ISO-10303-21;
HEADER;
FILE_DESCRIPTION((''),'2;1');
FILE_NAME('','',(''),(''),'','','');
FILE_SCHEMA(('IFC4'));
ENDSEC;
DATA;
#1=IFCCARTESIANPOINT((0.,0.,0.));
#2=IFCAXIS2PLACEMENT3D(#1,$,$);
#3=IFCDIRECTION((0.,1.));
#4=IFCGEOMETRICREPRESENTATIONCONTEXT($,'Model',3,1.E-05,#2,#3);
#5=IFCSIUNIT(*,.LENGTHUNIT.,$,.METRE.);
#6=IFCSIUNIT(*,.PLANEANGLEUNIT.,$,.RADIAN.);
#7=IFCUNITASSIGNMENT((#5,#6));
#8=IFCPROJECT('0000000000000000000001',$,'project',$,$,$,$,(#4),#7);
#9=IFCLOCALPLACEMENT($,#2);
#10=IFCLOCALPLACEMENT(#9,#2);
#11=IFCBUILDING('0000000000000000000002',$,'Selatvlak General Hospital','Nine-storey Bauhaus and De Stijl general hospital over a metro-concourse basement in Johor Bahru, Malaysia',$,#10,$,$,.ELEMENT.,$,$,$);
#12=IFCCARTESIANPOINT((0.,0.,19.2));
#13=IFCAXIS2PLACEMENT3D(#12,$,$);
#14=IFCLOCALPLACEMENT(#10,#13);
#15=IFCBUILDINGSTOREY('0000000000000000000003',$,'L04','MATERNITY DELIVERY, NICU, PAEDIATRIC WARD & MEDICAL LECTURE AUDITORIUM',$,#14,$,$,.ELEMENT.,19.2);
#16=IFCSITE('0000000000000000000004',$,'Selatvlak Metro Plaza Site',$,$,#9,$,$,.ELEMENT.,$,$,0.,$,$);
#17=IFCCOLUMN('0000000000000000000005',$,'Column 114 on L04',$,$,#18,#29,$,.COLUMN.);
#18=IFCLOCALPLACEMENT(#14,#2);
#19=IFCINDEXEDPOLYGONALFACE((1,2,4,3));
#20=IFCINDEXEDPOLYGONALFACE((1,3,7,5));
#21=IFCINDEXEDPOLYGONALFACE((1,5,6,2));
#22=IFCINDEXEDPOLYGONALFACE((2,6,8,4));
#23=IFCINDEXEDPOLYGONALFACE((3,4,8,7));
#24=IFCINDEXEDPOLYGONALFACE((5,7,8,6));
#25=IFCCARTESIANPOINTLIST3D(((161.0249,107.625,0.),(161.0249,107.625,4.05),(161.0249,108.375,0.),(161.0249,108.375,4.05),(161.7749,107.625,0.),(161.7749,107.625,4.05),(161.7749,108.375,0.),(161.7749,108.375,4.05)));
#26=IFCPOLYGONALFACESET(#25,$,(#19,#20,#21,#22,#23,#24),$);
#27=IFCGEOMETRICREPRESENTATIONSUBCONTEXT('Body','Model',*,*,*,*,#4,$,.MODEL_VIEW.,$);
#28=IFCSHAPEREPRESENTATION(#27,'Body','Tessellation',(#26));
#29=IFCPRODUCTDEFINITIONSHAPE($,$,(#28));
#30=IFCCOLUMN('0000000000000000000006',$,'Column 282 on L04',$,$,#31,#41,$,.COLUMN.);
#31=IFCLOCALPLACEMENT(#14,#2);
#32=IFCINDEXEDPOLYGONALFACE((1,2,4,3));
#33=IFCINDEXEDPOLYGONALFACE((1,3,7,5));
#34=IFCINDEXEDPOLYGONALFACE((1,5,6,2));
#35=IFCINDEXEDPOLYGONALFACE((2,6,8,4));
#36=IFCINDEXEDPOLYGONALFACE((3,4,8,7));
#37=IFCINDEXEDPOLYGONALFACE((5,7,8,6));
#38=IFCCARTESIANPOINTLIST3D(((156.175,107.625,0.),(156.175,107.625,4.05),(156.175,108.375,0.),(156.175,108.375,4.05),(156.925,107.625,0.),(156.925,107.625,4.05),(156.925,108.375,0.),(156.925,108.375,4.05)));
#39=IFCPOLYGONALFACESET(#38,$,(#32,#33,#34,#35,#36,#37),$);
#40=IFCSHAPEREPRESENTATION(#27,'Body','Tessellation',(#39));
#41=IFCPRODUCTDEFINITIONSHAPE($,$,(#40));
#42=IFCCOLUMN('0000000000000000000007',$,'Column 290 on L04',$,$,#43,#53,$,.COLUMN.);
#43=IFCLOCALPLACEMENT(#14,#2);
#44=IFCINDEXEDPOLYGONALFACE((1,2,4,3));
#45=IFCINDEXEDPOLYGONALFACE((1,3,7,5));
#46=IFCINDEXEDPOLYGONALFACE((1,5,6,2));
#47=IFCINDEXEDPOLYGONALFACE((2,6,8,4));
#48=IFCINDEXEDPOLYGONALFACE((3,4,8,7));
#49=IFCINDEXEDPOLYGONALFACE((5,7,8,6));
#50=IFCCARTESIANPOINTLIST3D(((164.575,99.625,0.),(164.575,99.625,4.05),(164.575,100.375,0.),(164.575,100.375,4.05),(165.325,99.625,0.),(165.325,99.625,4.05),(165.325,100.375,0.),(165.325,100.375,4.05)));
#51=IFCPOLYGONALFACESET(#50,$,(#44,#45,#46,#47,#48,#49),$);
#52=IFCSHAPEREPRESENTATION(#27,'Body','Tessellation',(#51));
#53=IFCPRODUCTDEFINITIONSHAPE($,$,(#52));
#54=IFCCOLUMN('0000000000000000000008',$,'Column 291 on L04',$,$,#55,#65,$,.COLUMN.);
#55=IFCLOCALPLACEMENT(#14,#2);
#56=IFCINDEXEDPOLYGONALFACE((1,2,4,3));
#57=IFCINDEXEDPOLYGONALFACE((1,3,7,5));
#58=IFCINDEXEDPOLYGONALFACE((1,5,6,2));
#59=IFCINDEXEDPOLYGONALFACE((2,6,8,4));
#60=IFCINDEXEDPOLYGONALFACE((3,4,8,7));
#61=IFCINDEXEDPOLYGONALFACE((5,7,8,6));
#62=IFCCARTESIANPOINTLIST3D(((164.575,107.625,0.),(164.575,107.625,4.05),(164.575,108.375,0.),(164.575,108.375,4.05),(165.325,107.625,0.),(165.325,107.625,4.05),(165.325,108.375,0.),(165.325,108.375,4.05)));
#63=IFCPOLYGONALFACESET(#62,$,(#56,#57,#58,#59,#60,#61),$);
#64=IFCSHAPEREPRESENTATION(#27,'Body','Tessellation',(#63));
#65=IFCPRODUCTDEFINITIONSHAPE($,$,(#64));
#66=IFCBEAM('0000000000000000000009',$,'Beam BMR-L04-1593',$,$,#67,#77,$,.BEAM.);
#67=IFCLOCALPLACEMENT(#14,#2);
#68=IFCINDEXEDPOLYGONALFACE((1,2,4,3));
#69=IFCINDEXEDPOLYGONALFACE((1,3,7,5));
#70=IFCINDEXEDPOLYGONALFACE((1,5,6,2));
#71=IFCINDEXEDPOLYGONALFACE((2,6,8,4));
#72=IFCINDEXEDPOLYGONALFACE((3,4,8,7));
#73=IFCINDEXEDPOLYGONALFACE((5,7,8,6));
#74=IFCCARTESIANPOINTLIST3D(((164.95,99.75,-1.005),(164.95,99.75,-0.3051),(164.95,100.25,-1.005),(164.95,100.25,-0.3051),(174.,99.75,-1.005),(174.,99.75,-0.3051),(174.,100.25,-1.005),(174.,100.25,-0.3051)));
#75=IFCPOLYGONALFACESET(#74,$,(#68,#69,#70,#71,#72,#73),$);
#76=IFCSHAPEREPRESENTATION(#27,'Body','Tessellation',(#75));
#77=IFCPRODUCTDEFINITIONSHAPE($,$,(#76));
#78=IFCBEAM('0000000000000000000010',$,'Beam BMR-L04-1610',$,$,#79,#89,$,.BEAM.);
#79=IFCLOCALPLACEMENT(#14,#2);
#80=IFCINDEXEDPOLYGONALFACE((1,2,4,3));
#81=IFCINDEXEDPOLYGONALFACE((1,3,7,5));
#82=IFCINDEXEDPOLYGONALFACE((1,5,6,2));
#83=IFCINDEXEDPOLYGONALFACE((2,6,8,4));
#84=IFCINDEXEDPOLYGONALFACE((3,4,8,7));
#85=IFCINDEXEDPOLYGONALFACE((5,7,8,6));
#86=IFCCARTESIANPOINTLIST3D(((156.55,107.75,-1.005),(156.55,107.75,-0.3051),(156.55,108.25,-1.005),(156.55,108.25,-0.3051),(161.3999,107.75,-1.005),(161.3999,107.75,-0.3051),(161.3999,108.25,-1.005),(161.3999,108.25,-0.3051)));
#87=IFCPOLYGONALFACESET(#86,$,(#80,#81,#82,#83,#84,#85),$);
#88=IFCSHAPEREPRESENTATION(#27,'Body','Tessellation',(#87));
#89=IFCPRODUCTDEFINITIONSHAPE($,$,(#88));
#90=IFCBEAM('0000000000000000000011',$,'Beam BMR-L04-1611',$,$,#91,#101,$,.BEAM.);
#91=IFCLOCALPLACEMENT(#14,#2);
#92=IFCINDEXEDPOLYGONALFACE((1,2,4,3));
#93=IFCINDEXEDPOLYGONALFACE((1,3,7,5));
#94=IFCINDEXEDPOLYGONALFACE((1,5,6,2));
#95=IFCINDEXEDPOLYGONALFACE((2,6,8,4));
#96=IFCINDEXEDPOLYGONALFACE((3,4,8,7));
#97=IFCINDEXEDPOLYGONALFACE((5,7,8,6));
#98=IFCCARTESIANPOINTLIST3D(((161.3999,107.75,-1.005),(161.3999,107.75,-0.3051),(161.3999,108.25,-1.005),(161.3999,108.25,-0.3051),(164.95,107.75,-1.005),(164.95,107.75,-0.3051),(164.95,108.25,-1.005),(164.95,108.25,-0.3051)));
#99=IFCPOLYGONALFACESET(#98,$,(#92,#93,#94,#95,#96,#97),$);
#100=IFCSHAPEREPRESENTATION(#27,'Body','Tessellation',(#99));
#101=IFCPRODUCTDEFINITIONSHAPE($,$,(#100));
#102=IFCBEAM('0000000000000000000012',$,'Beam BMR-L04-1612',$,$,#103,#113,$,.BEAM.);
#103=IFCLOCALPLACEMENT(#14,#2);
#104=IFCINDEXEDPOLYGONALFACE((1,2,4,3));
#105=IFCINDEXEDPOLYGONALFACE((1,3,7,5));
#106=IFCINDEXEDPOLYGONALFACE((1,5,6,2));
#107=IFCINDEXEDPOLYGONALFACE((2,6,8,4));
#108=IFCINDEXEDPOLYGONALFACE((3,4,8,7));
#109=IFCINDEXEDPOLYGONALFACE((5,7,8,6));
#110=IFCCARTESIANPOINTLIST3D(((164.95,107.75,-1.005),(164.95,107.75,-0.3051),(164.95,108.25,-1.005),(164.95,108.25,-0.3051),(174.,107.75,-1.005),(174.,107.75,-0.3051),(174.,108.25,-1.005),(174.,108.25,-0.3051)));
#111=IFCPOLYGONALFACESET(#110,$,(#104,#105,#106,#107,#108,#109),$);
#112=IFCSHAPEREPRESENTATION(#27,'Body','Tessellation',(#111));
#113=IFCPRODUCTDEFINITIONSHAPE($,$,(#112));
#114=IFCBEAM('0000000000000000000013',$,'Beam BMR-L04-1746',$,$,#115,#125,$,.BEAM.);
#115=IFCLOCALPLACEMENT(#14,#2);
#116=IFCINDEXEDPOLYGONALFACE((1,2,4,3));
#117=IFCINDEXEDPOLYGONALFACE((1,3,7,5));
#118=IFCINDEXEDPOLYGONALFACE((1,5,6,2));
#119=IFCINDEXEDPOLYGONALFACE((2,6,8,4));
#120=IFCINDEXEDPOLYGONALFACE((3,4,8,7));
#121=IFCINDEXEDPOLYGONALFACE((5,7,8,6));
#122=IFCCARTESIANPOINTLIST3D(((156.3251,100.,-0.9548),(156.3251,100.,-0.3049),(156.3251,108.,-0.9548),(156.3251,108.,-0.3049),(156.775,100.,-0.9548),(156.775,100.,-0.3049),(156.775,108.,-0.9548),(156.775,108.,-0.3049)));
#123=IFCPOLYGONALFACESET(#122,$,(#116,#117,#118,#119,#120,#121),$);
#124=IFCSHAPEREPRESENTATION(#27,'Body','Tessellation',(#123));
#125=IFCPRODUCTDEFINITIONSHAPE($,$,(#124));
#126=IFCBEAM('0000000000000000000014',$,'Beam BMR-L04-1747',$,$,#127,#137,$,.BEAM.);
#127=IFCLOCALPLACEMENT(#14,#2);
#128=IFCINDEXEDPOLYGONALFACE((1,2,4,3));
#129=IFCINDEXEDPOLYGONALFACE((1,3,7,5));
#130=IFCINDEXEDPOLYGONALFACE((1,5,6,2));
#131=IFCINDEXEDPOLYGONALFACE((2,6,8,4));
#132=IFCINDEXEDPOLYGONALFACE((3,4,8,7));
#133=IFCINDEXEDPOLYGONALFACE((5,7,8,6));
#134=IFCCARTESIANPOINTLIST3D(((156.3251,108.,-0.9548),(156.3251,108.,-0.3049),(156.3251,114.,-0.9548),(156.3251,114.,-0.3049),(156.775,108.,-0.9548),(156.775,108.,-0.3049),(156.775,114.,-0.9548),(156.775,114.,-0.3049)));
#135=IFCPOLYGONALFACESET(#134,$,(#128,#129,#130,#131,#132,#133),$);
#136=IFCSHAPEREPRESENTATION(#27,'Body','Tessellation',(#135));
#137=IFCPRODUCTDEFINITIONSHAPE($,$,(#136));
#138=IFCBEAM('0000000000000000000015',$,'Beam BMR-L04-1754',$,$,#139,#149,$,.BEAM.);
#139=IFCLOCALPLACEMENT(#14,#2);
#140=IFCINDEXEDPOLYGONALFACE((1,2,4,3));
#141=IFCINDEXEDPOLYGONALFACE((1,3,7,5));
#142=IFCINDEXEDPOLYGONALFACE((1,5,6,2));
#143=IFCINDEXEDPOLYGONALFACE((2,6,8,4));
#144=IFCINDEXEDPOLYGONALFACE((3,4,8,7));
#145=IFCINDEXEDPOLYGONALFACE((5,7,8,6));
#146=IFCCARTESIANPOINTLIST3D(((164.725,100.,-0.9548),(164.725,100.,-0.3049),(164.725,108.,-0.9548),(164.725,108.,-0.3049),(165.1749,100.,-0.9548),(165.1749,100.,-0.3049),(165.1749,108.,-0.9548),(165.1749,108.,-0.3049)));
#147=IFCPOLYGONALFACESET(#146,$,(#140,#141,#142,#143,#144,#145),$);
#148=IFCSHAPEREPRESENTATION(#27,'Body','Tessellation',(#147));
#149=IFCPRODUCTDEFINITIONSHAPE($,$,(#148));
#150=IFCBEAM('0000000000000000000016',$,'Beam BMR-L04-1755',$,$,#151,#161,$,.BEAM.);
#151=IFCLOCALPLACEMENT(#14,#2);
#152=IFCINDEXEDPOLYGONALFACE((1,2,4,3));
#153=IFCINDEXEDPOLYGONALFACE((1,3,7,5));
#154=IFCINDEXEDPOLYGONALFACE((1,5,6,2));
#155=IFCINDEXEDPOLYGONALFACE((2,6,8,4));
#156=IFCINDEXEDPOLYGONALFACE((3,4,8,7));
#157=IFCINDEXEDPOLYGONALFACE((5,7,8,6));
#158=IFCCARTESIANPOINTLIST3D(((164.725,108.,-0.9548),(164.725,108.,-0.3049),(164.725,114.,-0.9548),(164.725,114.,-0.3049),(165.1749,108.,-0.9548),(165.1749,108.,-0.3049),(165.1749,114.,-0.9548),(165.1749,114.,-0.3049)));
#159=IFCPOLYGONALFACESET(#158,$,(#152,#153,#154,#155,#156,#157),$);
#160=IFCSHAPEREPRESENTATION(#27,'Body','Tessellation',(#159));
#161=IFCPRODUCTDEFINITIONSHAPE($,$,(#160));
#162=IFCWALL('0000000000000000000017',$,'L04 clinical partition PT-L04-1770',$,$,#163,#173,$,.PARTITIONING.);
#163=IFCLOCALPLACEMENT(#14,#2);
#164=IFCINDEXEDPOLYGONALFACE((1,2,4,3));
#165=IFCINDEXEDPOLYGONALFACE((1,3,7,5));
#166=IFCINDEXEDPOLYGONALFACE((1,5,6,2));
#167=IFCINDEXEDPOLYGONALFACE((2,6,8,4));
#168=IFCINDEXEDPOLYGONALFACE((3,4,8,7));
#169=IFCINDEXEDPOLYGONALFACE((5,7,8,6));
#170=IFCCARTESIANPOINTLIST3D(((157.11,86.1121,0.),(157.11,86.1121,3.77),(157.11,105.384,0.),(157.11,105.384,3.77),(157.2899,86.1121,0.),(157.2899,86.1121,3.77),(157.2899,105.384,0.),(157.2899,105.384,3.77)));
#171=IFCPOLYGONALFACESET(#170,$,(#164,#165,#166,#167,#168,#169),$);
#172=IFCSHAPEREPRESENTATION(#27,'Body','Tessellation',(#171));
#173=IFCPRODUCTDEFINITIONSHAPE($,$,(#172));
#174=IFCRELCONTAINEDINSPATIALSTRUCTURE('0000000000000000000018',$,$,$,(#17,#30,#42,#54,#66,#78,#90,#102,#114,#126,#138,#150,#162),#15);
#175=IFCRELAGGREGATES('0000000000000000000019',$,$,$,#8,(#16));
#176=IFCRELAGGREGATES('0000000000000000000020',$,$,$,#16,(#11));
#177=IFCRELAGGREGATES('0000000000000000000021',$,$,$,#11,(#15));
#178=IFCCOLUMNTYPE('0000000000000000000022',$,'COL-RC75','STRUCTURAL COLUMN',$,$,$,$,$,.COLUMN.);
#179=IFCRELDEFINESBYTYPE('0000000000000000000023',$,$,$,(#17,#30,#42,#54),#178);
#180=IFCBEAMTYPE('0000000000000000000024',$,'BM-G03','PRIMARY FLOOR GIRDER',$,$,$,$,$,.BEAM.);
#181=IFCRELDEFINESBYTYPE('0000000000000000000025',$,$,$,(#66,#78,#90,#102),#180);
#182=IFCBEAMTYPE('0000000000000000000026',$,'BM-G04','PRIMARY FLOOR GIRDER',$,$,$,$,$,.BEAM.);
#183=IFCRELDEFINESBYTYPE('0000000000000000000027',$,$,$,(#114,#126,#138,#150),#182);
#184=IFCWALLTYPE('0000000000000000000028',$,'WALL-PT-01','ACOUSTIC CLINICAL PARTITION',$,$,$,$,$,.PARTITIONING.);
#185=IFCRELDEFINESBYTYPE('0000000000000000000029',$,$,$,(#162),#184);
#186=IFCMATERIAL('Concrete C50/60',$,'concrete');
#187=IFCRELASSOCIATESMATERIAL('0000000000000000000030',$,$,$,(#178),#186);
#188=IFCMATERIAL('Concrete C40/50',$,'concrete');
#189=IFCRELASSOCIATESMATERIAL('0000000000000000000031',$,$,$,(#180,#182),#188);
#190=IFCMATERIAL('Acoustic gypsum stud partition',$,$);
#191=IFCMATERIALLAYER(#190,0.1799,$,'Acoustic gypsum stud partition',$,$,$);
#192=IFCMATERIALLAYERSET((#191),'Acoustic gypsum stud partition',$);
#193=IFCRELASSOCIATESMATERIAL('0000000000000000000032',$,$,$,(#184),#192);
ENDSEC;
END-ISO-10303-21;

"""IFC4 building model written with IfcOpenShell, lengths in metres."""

from ifc_helpers import new_model, si_unit, direction, frame, frame_2d, origin, origin_2d, place, context, subcontext, project, spatial, rectangle, extrude, material, layer, layer_set, material_profile, profile_set, type_object, element, save


model = new_model("IFC4")

# Units and contexts
model_context = context("Model", 3, precision=1e-05, world=origin(), true_north=direction((0.0, 1.0)))
body_context = subcontext(model_context, "Body", "Model", "MODEL_VIEW")
ifc_project = project(units=[si_unit("LENGTHUNIT", "METRE"), si_unit("PLANEANGLEUNIT", "RADIAN")], contexts=[model_context])

# Site, building, storey
site_placement = place(None, origin())
site = spatial("IfcSite", under=ifc_project, at=site_placement, Name="Selatvlak Metro Plaza Site", CompositionType="ELEMENT", RefElevation=0.0)
building_placement = place(site_placement, origin())
building = spatial("IfcBuilding", under=site, at=building_placement, Name="Selatvlak General Hospital", Description="Nine-storey Bauhaus and De Stijl general hospital over a metro-concourse basement in Johor Bahru, Malaysia", CompositionType="ELEMENT")
storey_placement = place(building_placement, frame((0.0, 0.0, 19.2)))
storey = spatial("IfcBuildingStorey", under=building, at=storey_placement, Name="L04", Description="MATERNITY DELIVERY, NICU, PAEDIATRIC WARD & MEDICAL LECTURE AUDITORIUM", CompositionType="ELEMENT", Elevation=19.2)

# Columns
ifc_material_1 = material(Name="Concrete C50/60", Category="concrete")
ifc_material_profile_1 = material_profile(ifc_material_1, rectangle(XDim=0.75, YDim=0.75, at=origin_2d()), Name="RC-COL 750x750")
ifc_profile_set_1 = profile_set([ifc_material_profile_1], Name="Concrete C50/60")
column_type = type_object("IfcColumnType", Name="COL-RC75", Description="STRUCTURAL COLUMN", PredefinedType="COLUMN", material=ifc_profile_set_1)
for number, where, z_axis, x_axis, name in (
    (1, (161.3999, 108.0, 0.0), (0.0, 0.0, 1.0), (1.0, 0.0, 0.0), "Column 114 on L04"),
    (2, (156.55, 108.0, 0.0), (0.0, 0.0, 1.0), (1.0, 0.0, 0.0), "Column 282 on L04"),
    (3, (164.95, 100.0, 0.0), (0.0, 0.0, 1.0), (1.0, 0.0, 0.0), "Column 290 on L04"),
    (4, (164.95, 108.0, 0.0), (0.0, 0.0, 1.0), (1.0, 0.0, 0.0), "Column 291 on L04"),
):
    element("IfcColumn", number, at=place(storey_placement, frame(where, z_axis=z_axis, x_axis=x_axis)), inside=storey, type_object=column_type, Name=name, PredefinedType="COLUMN", context=body_context, shape_type="SweptSolid", body=[
        extrude(rectangle(XDim=0.75, YDim=0.75, at=origin_2d()), origin(), (0.0, 0.0, 1.0), 4.05),
    ])

# Beams
ifc_material_2 = material(Name="Concrete C40/50", Category="concrete")
ifc_material_profile_2 = material_profile(ifc_material_2, rectangle(XDim=0.5, YDim=0.7, at=origin_2d()), Name="RC-BM 500x700")
ifc_profile_set_2 = profile_set([ifc_material_profile_2], Name="Concrete C40/50")
beam_type_1 = type_object("IfcBeamType", Name="BM-G03", Description="PRIMARY FLOOR GIRDER", PredefinedType="BEAM", material=ifc_profile_set_2)
beam_1_placement = place(storey_placement, frame((164.95, 100.0, -0.655), z_axis=(1.0, 0.0, 0.0), x_axis=(0.0, 1.0, 0.0)))
element("IfcBeam", 5, at=beam_1_placement, inside=storey, type_object=beam_type_1, Name="Beam BMR-L04-1593", PredefinedType="BEAM", context=body_context, shape_type="SweptSolid", body=[
    extrude(rectangle(XDim=0.5, YDim=0.7, at=origin_2d()), origin(), (0.0, 0.0, 1.0), 9.05),
])
beam_2_placement = place(storey_placement, frame((156.55, 108.0, -0.655), z_axis=(1.0, 0.0, 0.0), x_axis=(0.0, 1.0, 0.0)))
element("IfcBeam", 6, at=beam_2_placement, inside=storey, type_object=beam_type_1, Name="Beam BMR-L04-1610", PredefinedType="BEAM", context=body_context, shape_type="SweptSolid", body=[
    extrude(rectangle(XDim=0.5, YDim=0.7, at=origin_2d()), origin(), (0.0, 0.0, 1.0), 4.8499),
])
beam_3_placement = place(storey_placement, frame((161.3999, 108.0, -0.655), z_axis=(1.0, 0.0, 0.0), x_axis=(0.0, 1.0, 0.0)))
element("IfcBeam", 7, at=beam_3_placement, inside=storey, type_object=beam_type_1, Name="Beam BMR-L04-1611", PredefinedType="BEAM", context=body_context, shape_type="SweptSolid", body=[
    extrude(rectangle(XDim=0.5, YDim=0.7, at=origin_2d()), origin(), (0.0, 0.0, 1.0), 3.55),
])
beam_4_placement = place(storey_placement, frame((164.95, 108.0, -0.655), z_axis=(1.0, 0.0, 0.0), x_axis=(0.0, 1.0, 0.0)))
element("IfcBeam", 8, at=beam_4_placement, inside=storey, type_object=beam_type_1, Name="Beam BMR-L04-1612", PredefinedType="BEAM", context=body_context, shape_type="SweptSolid", body=[
    extrude(rectangle(XDim=0.5, YDim=0.7, at=origin_2d()), origin(), (0.0, 0.0, 1.0), 9.05),
])
ifc_material_profile_3 = material_profile(ifc_material_2, rectangle(XDim=0.45, YDim=0.6499, at=origin_2d()), Name="RC-BM 450x650")
ifc_profile_set_3 = profile_set([ifc_material_profile_3], Name="Concrete C40/50")
beam_type_2 = type_object("IfcBeamType", Name="BM-G04", Description="PRIMARY FLOOR GIRDER", PredefinedType="BEAM", material=ifc_profile_set_3)
beam_5_placement = place(storey_placement, frame((156.55, 100.0, -0.6299), z_axis=(0.0, 1.0, 0.0), x_axis=(-1.0, 0.0, 0.0)))
element("IfcBeam", 9, at=beam_5_placement, inside=storey, type_object=beam_type_2, Name="Beam BMR-L04-1746", PredefinedType="BEAM", context=body_context, shape_type="SweptSolid", body=[
    extrude(rectangle(XDim=0.45, YDim=0.6499, at=origin_2d()), origin(), (0.0, 0.0, 1.0), 8.0),
])
beam_6_placement = place(storey_placement, frame((156.55, 108.0, -0.6299), z_axis=(0.0, 1.0, 0.0), x_axis=(-1.0, 0.0, 0.0)))
element("IfcBeam", 10, at=beam_6_placement, inside=storey, type_object=beam_type_2, Name="Beam BMR-L04-1747", PredefinedType="BEAM", context=body_context, shape_type="SweptSolid", body=[
    extrude(rectangle(XDim=0.45, YDim=0.6499, at=origin_2d()), origin(), (0.0, 0.0, 1.0), 6.0),
])
beam_7_placement = place(storey_placement, frame((164.95, 100.0, -0.6299), z_axis=(0.0, 1.0, 0.0), x_axis=(-1.0, 0.0, 0.0)))
element("IfcBeam", 11, at=beam_7_placement, inside=storey, type_object=beam_type_2, Name="Beam BMR-L04-1754", PredefinedType="BEAM", context=body_context, shape_type="SweptSolid", body=[
    extrude(rectangle(XDim=0.45, YDim=0.6499, at=origin_2d()), origin(), (0.0, 0.0, 1.0), 8.0),
])
beam_8_placement = place(storey_placement, frame((164.95, 108.0, -0.6299), z_axis=(0.0, 1.0, 0.0), x_axis=(-1.0, 0.0, 0.0)))
element("IfcBeam", 12, at=beam_8_placement, inside=storey, type_object=beam_type_2, Name="Beam BMR-L04-1755", PredefinedType="BEAM", context=body_context, shape_type="SweptSolid", body=[
    extrude(rectangle(XDim=0.45, YDim=0.6499, at=origin_2d()), origin(), (0.0, 0.0, 1.0), 6.0),
])

# Wall
ifc_material_3 = material(Name="Acoustic gypsum stud partition")
ifc_layer_1 = layer(ifc_material_3, 0.1799, Name="Acoustic gypsum stud partition")
ifc_layer_set_1 = layer_set([ifc_layer_1], Name="Acoustic gypsum stud partition")
wall_type_1 = type_object("IfcWallType", Name="WALL-PT-01", Description="ACOUSTIC CLINICAL PARTITION", PredefinedType="PARTITIONING", material=ifc_layer_set_1)
wall_1_placement = place(storey_placement, frame((157.2, 105.384, 0.0), z_axis=(0.0, 0.0, 1.0), x_axis=(0.0, -1.0, 0.0)))
element("IfcWall", 13, at=wall_1_placement, inside=storey, type_object=wall_type_1, Name="L04 clinical partition PT-L04-1770", PredefinedType="PARTITIONING", context=body_context, shape_type="SweptSolid", body=[
    extrude(rectangle(XDim=19.272, YDim=0.1799, at=frame_2d((9.636, 0.0))), origin(), (0.0, 0.0, 1.0), 3.77),
])

save(model, "model.ifc")
